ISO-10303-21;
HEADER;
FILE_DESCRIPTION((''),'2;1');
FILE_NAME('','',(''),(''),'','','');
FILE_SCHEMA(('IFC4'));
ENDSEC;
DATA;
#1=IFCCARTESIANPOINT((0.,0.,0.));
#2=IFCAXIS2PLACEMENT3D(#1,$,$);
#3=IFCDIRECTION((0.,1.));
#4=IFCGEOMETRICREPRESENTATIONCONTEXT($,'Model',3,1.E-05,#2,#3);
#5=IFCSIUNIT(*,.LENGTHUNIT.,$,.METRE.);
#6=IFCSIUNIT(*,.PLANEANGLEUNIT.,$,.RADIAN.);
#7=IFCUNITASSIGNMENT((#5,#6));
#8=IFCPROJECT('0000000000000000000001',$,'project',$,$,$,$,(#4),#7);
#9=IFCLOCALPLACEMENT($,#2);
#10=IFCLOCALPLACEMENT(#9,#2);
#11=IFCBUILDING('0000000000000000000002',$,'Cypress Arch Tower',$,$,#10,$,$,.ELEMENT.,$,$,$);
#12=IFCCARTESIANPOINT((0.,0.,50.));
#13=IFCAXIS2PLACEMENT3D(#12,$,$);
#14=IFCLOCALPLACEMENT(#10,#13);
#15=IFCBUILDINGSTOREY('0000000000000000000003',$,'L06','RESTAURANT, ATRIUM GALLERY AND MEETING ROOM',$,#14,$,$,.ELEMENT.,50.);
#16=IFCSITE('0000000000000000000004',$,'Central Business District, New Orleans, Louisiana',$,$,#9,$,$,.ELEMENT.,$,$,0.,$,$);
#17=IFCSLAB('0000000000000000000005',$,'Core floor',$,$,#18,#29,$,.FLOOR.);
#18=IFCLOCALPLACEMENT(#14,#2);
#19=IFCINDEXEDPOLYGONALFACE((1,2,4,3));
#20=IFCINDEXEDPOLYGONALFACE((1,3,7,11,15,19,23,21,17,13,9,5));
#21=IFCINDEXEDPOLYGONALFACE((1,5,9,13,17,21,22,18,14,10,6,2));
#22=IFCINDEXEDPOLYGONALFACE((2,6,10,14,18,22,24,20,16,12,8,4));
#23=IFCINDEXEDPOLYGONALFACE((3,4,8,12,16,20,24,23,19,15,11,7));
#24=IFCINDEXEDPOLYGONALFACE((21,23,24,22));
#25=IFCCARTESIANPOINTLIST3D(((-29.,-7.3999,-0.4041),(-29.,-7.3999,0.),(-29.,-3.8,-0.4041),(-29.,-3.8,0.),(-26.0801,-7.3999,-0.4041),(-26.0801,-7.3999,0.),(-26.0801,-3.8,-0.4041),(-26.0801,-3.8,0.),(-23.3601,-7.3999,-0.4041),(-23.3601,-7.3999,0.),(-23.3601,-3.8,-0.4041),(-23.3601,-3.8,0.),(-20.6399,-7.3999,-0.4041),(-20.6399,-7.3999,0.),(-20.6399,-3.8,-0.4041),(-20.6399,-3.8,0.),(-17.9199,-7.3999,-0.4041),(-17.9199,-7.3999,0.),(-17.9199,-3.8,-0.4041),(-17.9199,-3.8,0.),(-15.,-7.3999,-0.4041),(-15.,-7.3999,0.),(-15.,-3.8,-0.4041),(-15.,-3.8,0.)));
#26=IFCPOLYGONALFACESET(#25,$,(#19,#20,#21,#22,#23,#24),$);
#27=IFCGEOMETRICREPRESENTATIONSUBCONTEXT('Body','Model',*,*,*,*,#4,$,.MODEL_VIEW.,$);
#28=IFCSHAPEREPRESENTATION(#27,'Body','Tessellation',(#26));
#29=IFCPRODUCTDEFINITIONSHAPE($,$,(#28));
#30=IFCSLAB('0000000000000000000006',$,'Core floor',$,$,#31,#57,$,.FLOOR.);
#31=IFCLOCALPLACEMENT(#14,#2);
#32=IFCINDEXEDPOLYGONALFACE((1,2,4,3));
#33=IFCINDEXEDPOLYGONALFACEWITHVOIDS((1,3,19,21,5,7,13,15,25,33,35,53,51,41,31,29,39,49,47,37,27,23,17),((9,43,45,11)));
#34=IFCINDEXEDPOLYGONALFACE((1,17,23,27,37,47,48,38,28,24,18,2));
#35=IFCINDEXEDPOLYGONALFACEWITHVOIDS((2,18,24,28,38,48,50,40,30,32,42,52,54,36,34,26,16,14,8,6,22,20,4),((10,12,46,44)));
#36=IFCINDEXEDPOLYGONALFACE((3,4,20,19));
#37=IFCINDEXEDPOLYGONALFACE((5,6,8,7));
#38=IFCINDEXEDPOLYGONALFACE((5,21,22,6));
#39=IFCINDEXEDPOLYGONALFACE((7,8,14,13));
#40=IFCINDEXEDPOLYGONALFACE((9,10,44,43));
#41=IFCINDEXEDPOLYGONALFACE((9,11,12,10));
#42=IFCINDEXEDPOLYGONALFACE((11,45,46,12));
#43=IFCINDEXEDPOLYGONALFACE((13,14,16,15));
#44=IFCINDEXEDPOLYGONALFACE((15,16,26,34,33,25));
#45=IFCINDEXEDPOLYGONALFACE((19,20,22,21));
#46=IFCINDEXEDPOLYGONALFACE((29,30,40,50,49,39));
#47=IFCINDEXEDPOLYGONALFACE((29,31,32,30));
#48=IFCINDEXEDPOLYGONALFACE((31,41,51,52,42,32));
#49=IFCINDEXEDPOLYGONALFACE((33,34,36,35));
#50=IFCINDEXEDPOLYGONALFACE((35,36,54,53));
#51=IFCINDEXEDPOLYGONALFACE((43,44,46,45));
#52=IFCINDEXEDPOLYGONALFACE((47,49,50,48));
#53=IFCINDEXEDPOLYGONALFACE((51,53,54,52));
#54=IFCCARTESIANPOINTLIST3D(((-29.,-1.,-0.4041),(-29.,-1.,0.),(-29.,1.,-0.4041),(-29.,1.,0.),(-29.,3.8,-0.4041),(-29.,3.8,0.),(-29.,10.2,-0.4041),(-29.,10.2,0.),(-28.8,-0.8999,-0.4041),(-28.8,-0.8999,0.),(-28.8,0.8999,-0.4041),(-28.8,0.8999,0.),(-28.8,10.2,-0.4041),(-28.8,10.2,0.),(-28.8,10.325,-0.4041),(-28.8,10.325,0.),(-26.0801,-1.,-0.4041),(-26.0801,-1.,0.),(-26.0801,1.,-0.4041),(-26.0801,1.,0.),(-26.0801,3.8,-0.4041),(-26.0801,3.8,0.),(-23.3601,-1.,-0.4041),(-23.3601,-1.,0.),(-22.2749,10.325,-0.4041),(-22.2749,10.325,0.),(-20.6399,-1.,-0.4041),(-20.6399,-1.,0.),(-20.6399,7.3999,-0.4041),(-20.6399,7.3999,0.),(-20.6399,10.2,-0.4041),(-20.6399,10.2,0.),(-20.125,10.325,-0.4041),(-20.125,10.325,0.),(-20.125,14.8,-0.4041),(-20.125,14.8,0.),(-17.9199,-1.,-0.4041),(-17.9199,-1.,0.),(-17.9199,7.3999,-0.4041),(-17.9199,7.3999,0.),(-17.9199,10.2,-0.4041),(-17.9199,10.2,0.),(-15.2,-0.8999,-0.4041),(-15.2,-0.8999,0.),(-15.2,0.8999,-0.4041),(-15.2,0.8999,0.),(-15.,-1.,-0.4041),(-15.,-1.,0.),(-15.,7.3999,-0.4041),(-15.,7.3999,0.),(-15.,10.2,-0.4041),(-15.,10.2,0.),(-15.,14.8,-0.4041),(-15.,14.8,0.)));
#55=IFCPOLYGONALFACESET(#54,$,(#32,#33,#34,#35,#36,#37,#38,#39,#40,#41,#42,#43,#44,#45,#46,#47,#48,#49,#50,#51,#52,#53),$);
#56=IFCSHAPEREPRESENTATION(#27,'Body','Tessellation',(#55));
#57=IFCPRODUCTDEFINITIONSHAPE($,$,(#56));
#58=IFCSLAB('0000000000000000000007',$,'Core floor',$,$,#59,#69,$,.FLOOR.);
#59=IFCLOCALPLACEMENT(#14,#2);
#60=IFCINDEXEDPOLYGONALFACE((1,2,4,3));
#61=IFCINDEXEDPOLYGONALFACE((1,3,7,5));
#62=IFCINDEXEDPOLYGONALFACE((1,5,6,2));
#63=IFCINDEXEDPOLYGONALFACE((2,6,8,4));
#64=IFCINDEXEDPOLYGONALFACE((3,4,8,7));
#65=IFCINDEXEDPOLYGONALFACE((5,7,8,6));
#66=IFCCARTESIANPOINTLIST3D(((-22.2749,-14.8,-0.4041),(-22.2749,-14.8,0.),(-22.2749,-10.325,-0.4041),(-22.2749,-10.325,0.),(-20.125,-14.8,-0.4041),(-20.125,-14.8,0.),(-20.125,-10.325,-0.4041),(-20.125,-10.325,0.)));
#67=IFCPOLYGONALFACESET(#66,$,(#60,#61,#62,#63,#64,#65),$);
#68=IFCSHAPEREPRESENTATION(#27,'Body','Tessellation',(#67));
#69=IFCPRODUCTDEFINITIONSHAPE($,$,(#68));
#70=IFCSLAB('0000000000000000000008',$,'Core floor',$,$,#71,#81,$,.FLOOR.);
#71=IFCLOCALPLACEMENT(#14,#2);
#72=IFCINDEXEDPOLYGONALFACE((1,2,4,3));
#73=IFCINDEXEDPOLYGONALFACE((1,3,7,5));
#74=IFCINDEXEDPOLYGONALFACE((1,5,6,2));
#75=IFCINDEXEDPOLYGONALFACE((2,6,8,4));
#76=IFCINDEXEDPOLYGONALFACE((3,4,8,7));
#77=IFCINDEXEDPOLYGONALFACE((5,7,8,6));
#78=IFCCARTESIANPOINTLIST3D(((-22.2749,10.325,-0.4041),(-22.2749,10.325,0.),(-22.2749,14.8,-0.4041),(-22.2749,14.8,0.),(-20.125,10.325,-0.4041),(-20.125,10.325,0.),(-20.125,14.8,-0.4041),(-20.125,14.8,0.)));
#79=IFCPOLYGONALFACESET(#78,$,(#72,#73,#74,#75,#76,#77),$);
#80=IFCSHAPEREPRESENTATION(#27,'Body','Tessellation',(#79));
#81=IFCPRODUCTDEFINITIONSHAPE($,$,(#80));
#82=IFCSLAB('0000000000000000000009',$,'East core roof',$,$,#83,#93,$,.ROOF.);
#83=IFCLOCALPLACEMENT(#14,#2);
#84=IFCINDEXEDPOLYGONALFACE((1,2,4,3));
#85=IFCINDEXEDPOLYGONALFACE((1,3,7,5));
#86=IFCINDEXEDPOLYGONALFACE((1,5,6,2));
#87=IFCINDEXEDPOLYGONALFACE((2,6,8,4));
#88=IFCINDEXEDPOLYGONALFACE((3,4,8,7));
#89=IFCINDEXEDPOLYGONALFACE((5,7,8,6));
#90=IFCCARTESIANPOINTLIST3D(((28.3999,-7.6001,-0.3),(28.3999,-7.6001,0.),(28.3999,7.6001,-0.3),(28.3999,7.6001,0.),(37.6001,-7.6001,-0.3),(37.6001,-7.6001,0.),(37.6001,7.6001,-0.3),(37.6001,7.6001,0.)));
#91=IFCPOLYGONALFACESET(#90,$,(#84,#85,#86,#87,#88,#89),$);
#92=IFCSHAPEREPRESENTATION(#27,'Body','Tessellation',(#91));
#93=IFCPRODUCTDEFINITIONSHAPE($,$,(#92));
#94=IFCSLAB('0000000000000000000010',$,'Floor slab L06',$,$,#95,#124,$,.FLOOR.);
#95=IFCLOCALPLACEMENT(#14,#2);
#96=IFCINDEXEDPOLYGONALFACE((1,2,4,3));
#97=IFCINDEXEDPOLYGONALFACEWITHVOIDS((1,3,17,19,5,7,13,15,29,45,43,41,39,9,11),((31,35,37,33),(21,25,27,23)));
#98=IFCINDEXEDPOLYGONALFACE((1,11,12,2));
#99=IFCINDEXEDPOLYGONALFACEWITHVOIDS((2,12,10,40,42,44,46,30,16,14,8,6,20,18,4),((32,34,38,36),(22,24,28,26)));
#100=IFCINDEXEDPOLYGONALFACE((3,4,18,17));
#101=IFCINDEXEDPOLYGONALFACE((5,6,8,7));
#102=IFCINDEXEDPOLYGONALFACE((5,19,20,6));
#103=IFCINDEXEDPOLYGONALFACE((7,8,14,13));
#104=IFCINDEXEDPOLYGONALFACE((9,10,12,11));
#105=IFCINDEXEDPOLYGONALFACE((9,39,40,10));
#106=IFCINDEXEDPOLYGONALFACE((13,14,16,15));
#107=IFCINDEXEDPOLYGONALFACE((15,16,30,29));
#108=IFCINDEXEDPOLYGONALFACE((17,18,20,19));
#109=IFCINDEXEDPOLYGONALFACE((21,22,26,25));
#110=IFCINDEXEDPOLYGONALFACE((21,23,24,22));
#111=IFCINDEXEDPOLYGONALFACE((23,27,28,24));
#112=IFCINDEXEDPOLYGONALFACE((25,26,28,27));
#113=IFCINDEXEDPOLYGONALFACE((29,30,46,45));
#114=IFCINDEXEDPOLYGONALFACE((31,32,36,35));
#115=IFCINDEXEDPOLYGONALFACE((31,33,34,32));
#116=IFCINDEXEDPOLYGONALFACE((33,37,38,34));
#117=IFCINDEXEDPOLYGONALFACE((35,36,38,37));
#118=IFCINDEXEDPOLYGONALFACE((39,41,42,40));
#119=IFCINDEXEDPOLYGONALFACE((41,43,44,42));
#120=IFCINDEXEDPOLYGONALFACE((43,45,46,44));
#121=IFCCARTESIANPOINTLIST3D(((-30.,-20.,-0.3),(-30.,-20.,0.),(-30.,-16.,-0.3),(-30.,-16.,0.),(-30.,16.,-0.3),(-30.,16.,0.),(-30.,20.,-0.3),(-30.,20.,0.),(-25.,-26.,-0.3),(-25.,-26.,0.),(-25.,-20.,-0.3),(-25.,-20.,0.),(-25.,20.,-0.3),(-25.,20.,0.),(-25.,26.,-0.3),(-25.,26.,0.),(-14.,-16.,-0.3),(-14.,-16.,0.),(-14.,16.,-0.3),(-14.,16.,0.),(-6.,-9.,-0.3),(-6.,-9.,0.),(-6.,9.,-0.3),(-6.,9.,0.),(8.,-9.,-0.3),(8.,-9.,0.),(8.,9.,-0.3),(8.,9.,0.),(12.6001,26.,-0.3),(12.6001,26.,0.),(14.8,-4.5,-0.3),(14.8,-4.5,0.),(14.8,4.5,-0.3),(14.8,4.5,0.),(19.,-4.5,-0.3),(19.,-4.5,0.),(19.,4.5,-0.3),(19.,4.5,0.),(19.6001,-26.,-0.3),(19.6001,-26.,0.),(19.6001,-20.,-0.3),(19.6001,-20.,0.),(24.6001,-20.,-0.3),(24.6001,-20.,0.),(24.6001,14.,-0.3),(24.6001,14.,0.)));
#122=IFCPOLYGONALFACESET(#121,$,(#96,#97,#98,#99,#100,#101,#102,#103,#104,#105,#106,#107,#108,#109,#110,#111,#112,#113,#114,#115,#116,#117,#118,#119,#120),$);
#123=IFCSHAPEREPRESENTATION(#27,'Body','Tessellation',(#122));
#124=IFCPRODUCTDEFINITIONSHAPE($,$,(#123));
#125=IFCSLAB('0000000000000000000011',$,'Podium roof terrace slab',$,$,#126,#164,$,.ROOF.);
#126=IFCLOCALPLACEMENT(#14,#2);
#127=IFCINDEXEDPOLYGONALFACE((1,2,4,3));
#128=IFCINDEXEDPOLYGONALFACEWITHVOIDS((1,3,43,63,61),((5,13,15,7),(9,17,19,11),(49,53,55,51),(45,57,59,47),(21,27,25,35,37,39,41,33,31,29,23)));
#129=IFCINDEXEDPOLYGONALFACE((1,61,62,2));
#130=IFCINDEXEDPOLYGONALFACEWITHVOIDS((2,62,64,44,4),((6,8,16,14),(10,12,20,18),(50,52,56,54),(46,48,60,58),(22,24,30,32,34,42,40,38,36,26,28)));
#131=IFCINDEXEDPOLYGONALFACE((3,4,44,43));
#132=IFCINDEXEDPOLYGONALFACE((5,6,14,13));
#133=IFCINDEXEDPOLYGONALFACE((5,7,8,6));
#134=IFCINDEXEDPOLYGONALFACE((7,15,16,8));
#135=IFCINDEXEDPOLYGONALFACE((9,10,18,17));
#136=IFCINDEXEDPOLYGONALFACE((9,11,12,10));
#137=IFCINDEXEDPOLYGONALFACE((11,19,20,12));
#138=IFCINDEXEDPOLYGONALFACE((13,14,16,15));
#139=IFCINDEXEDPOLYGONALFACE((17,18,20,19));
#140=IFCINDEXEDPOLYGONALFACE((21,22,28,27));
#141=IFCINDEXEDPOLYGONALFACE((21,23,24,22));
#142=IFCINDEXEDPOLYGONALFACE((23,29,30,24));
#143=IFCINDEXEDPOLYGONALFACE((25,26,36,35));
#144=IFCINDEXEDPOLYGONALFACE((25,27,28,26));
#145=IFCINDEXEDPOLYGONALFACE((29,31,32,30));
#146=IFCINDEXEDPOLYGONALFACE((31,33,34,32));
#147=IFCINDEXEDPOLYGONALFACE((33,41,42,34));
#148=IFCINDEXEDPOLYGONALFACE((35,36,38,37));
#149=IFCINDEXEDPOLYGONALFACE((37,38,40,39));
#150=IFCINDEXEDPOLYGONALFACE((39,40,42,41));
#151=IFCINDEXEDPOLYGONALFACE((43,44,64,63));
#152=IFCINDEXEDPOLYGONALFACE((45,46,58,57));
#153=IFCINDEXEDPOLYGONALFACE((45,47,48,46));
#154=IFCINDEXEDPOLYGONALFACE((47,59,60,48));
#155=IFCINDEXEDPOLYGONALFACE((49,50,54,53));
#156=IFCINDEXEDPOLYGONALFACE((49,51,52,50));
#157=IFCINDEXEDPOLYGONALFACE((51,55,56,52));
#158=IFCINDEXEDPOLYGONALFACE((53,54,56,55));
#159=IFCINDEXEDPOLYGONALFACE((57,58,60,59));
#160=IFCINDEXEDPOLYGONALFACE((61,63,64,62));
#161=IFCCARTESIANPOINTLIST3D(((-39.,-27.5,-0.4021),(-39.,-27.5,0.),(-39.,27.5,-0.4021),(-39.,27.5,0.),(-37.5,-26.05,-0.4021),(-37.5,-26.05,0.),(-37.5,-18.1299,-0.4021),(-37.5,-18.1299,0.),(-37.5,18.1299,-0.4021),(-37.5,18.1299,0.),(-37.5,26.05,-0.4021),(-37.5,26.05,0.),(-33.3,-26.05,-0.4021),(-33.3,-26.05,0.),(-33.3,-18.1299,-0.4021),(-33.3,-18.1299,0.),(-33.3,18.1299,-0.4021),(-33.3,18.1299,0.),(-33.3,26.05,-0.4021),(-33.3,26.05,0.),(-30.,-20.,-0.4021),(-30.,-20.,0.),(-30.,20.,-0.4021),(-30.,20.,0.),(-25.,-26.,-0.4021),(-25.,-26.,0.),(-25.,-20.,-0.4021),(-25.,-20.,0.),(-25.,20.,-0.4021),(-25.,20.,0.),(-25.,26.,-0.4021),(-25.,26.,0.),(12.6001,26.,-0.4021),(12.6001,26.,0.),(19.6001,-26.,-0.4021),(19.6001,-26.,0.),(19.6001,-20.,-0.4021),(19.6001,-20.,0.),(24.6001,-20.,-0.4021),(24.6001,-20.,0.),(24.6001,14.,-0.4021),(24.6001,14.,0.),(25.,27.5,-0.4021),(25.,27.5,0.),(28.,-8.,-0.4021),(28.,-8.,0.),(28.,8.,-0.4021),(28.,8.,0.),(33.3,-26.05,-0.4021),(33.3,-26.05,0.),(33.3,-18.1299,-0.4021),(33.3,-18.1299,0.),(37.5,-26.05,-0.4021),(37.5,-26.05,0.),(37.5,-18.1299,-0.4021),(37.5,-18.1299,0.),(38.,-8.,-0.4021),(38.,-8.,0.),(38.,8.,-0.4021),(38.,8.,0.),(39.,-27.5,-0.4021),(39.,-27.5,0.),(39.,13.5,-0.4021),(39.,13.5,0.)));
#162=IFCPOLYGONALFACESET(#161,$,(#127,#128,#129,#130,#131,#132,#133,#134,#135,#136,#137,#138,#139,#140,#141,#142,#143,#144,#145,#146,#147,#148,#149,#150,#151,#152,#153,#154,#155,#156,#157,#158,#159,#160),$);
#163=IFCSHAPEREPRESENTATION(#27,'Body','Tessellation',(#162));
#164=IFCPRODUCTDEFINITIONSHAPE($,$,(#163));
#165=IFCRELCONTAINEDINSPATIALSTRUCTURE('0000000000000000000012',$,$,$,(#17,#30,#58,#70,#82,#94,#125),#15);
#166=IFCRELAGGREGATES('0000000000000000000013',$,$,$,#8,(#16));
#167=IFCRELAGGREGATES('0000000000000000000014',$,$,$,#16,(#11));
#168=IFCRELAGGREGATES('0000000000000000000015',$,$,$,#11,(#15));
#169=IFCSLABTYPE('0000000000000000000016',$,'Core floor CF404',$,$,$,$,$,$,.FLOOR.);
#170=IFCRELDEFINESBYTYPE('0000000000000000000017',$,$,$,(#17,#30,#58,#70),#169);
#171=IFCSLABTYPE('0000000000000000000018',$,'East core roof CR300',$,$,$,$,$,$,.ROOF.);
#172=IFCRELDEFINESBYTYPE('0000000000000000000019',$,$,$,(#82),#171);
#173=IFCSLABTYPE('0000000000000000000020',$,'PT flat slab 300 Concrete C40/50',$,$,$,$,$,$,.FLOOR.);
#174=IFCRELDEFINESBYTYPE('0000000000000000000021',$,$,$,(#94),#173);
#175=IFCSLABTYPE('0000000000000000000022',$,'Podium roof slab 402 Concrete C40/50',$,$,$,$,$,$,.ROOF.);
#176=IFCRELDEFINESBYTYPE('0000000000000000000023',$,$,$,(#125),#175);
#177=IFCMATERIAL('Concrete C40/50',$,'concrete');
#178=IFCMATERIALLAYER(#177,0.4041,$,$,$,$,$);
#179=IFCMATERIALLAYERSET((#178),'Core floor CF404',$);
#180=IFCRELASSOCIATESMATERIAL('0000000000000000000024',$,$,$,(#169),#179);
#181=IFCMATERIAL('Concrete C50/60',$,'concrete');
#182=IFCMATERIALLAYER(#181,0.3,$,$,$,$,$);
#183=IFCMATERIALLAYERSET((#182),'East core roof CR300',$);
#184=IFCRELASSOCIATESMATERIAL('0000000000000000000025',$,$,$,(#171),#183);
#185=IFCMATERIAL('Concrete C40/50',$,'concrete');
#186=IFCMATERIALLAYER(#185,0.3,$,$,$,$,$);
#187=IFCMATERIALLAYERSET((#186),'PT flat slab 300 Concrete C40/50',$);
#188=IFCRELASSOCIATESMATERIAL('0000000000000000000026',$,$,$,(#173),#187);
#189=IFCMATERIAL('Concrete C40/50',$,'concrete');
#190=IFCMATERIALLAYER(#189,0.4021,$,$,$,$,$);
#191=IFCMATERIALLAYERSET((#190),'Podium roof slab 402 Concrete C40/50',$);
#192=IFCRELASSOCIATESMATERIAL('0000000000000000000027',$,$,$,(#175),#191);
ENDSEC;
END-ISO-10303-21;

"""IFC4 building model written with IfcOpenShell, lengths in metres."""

from ifc_helpers import new_model, si_unit, direction, frame, origin, place, context, subcontext, project, spatial, polyline, outline, extrude, material, layer, layer_set, type_object, element, save


model = new_model("IFC4")

# Units and contexts
model_context = context("Model", 3, precision=1e-05, world=origin(), true_north=direction((0.0, 1.0)))
body_context = subcontext(model_context, "Body", "Model", "MODEL_VIEW")
ifc_project = project(units=[si_unit("LENGTHUNIT", "METRE"), si_unit("PLANEANGLEUNIT", "RADIAN")], contexts=[model_context])

# Site, building, storey
site_placement = place(None, origin())
site = spatial("IfcSite", under=ifc_project, at=site_placement, Name="Central Business District, New Orleans, Louisiana", CompositionType="ELEMENT", RefElevation=0.0)
building_placement = place(site_placement, origin())
building = spatial("IfcBuilding", under=site, at=building_placement, Name="Cypress Arch Tower", CompositionType="ELEMENT")
storey_placement = place(building_placement, frame((0.0, 0.0, 50.0)))
storey = spatial("IfcBuildingStorey", under=building, at=storey_placement, Name="L06", Description="RESTAURANT, ATRIUM GALLERY AND MEETING ROOM", CompositionType="ELEMENT", Elevation=50.0)

# Slabs
ifc_material_1 = material(Name="Concrete C40/50", Category="concrete")
ifc_layer_1 = layer(ifc_material_1, 0.4041)
ifc_layer_set_1 = layer_set([ifc_layer_1], Name="Core floor CF404")
slab_type_1 = type_object("IfcSlabType", Name="Core floor CF404", PredefinedType="FLOOR", material=ifc_layer_set_1)
slab_1_placement = place(storey_placement, frame((0.0, 0.0, -0.4041)))
element("IfcSlab", 1, at=slab_1_placement, inside=storey, type_object=slab_type_1, Name="Core floor", PredefinedType="FLOOR", context=body_context, shape_type="SweptSolid", body=[
    extrude(outline(polyline([(-29.0, -3.8), (-29.0, -7.3999), (-26.0801, -7.3999), (-23.3601, -7.3999), (-20.6399, -7.3999), (-17.9199, -7.3999), (-15.0, -7.3999), (-15.0, -3.8), (-17.9199, -3.8), (-20.6399, -3.8), (-23.3601, -3.8), (-26.0801, -3.8), (-29.0, -3.8)])), origin(), (0.0, 0.0, 1.0), 0.4041),
])
slab_2_placement = place(storey_placement, frame((0.0, 0.0, -0.4041)))
element("IfcSlab", 2, at=slab_2_placement, inside=storey, type_object=slab_type_1, Name="Core floor", PredefinedType="FLOOR", context=body_context, shape_type="SweptSolid", body=[
    extrude(outline(polyline([(-26.0801, 1.0), (-26.0801, 3.8), (-29.0, 3.8), (-29.0, 10.2), (-28.8, 10.2), (-28.8, 10.325), (-22.2749, 10.325), (-20.125, 10.325), (-20.125, 14.8), (-15.0, 14.8), (-15.0, 10.2), (-17.9199, 10.2), (-20.6399, 10.2), (-20.6399, 7.3999), (-17.9199, 7.3999), (-15.0, 7.3999), (-15.0, -1.0), (-17.9199, -1.0), (-20.6399, -1.0), (-23.3601, -1.0), (-26.0801, -1.0), (-29.0, -1.0), (-29.0, 1.0), (-26.0801, 1.0)]), holes=[polyline([(-28.8, -0.8999), (-15.2, -0.8999), (-15.2, 0.8999), (-28.8, 0.8999), (-28.8, -0.8999)])]), origin(), (0.0, 0.0, 1.0), 0.4041),
])
slab_3_placement = place(storey_placement, frame((0.0, 0.0, -0.4041)))
element("IfcSlab", 3, at=slab_3_placement, inside=storey, type_object=slab_type_1, Name="Core floor", PredefinedType="FLOOR", context=body_context, shape_type="SweptSolid", body=[
    extrude(outline(polyline([(-22.2749, -10.325), (-22.2749, -14.8), (-20.125, -14.8), (-20.125, -10.325), (-22.2749, -10.325)])), origin(), (0.0, 0.0, 1.0), 0.4041),
])
slab_4_placement = place(storey_placement, frame((0.0, 0.0, -0.4041)))
element("IfcSlab", 4, at=slab_4_placement, inside=storey, type_object=slab_type_1, Name="Core floor", PredefinedType="FLOOR", context=body_context, shape_type="SweptSolid", body=[
    extrude(outline(polyline([(-20.125, 14.8), (-22.2749, 14.8), (-22.2749, 10.325), (-20.125, 10.325), (-20.125, 14.8)])), origin(), (0.0, 0.0, 1.0), 0.4041),
])
ifc_material_2 = material(Name="Concrete C50/60", Category="concrete")
ifc_layer_2 = layer(ifc_material_2, 0.3)
ifc_layer_set_2 = layer_set([ifc_layer_2], Name="East core roof CR300")
slab_type_2 = type_object("IfcSlabType", Name="East core roof CR300", PredefinedType="ROOF", material=ifc_layer_set_2)
slab_5_placement = place(storey_placement, frame((0.0, 0.0, -0.3)))
element("IfcSlab", 5, at=slab_5_placement, inside=storey, type_object=slab_type_2, Name="East core roof", PredefinedType="ROOF", context=body_context, shape_type="SweptSolid", body=[
    extrude(outline(polyline([(37.6001, -7.6001), (37.6001, 7.6001), (28.3999, 7.6001), (28.3999, -7.6001), (37.6001, -7.6001)])), origin(), (0.0, 0.0, 1.0), 0.3),
])
ifc_material_3 = material(Name="Concrete C40/50", Category="concrete")
ifc_layer_3 = layer(ifc_material_3, 0.3)
ifc_layer_set_3 = layer_set([ifc_layer_3], Name="PT flat slab 300 Concrete C40/50")
slab_type_3 = type_object("IfcSlabType", Name="PT flat slab 300 Concrete C40/50", PredefinedType="FLOOR", material=ifc_layer_set_3)
slab_6_placement = place(storey_placement, frame((0.0, 0.0, -0.3)))
element("IfcSlab", 6, at=slab_6_placement, inside=storey, type_object=slab_type_3, Name="Floor slab L06", PredefinedType="FLOOR", context=body_context, shape_type="SweptSolid", body=[
    extrude(outline(polyline([(-30.0, 20.0), (-25.0, 20.0), (-25.0, 26.0), (12.6001, 26.0), (24.6001, 14.0), (24.6001, -20.0), (19.6001, -20.0), (19.6001, -26.0), (-25.0, -26.0), (-25.0, -20.0), (-30.0, -20.0), (-30.0, -16.0), (-14.0, -16.0), (-14.0, 16.0), (-30.0, 16.0), (-30.0, 20.0)]), holes=[polyline([(-6.0, -9.0), (8.0, -9.0), (8.0, 9.0), (-6.0, 9.0), (-6.0, -9.0)]), polyline([(14.8, 4.5), (14.8, -4.5), (19.0, -4.5), (19.0, 4.5), (14.8, 4.5)])]), origin(), (0.0, 0.0, 1.0), 0.3),
])
ifc_material_4 = material(Name="Concrete C40/50", Category="concrete")
ifc_layer_4 = layer(ifc_material_4, 0.4021)
ifc_layer_set_4 = layer_set([ifc_layer_4], Name="Podium roof slab 402 Concrete C40/50")
slab_type_4 = type_object("IfcSlabType", Name="Podium roof slab 402 Concrete C40/50", PredefinedType="ROOF", material=ifc_layer_set_4)
slab_7_placement = place(storey_placement, frame((0.0, 0.0, -0.4021)))
element("IfcSlab", 7, at=slab_7_placement, inside=storey, type_object=slab_type_4, Name="Podium roof terrace slab", PredefinedType="ROOF", context=body_context, shape_type="SweptSolid", body=[
    extrude(outline(polyline([(25.0, 27.5), (39.0, 13.5), (39.0, -27.5), (-39.0, -27.5), (-39.0, 27.5), (25.0, 27.5)]), holes=[polyline([(-25.0, -20.0), (-25.0, -26.0), (19.6001, -26.0), (19.6001, -20.0), (24.6001, -20.0), (24.6001, 14.0), (12.6001, 26.0), (-25.0, 26.0), (-25.0, 20.0), (-30.0, 20.0), (-30.0, -20.0), (-25.0, -20.0)]), polyline([(-37.5, -26.05), (-33.3, -26.05), (-33.3, -18.1299), (-37.5, -18.1299), (-37.5, -26.05)]), polyline([(33.3, -18.1299), (33.3, -26.05), (37.5, -26.05), (37.5, -18.1299), (33.3, -18.1299)]), polyline([(28.0, 8.0), (28.0, -8.0), (38.0, -8.0), (38.0, 8.0), (28.0, 8.0)]), polyline([(-33.3, 18.1299), (-33.3, 26.05), (-37.5, 26.05), (-37.5, 18.1299), (-33.3, 18.1299)])]), origin(), (0.0, 0.0, 1.0), 0.4021),
])

save(model, "model.ifc")
